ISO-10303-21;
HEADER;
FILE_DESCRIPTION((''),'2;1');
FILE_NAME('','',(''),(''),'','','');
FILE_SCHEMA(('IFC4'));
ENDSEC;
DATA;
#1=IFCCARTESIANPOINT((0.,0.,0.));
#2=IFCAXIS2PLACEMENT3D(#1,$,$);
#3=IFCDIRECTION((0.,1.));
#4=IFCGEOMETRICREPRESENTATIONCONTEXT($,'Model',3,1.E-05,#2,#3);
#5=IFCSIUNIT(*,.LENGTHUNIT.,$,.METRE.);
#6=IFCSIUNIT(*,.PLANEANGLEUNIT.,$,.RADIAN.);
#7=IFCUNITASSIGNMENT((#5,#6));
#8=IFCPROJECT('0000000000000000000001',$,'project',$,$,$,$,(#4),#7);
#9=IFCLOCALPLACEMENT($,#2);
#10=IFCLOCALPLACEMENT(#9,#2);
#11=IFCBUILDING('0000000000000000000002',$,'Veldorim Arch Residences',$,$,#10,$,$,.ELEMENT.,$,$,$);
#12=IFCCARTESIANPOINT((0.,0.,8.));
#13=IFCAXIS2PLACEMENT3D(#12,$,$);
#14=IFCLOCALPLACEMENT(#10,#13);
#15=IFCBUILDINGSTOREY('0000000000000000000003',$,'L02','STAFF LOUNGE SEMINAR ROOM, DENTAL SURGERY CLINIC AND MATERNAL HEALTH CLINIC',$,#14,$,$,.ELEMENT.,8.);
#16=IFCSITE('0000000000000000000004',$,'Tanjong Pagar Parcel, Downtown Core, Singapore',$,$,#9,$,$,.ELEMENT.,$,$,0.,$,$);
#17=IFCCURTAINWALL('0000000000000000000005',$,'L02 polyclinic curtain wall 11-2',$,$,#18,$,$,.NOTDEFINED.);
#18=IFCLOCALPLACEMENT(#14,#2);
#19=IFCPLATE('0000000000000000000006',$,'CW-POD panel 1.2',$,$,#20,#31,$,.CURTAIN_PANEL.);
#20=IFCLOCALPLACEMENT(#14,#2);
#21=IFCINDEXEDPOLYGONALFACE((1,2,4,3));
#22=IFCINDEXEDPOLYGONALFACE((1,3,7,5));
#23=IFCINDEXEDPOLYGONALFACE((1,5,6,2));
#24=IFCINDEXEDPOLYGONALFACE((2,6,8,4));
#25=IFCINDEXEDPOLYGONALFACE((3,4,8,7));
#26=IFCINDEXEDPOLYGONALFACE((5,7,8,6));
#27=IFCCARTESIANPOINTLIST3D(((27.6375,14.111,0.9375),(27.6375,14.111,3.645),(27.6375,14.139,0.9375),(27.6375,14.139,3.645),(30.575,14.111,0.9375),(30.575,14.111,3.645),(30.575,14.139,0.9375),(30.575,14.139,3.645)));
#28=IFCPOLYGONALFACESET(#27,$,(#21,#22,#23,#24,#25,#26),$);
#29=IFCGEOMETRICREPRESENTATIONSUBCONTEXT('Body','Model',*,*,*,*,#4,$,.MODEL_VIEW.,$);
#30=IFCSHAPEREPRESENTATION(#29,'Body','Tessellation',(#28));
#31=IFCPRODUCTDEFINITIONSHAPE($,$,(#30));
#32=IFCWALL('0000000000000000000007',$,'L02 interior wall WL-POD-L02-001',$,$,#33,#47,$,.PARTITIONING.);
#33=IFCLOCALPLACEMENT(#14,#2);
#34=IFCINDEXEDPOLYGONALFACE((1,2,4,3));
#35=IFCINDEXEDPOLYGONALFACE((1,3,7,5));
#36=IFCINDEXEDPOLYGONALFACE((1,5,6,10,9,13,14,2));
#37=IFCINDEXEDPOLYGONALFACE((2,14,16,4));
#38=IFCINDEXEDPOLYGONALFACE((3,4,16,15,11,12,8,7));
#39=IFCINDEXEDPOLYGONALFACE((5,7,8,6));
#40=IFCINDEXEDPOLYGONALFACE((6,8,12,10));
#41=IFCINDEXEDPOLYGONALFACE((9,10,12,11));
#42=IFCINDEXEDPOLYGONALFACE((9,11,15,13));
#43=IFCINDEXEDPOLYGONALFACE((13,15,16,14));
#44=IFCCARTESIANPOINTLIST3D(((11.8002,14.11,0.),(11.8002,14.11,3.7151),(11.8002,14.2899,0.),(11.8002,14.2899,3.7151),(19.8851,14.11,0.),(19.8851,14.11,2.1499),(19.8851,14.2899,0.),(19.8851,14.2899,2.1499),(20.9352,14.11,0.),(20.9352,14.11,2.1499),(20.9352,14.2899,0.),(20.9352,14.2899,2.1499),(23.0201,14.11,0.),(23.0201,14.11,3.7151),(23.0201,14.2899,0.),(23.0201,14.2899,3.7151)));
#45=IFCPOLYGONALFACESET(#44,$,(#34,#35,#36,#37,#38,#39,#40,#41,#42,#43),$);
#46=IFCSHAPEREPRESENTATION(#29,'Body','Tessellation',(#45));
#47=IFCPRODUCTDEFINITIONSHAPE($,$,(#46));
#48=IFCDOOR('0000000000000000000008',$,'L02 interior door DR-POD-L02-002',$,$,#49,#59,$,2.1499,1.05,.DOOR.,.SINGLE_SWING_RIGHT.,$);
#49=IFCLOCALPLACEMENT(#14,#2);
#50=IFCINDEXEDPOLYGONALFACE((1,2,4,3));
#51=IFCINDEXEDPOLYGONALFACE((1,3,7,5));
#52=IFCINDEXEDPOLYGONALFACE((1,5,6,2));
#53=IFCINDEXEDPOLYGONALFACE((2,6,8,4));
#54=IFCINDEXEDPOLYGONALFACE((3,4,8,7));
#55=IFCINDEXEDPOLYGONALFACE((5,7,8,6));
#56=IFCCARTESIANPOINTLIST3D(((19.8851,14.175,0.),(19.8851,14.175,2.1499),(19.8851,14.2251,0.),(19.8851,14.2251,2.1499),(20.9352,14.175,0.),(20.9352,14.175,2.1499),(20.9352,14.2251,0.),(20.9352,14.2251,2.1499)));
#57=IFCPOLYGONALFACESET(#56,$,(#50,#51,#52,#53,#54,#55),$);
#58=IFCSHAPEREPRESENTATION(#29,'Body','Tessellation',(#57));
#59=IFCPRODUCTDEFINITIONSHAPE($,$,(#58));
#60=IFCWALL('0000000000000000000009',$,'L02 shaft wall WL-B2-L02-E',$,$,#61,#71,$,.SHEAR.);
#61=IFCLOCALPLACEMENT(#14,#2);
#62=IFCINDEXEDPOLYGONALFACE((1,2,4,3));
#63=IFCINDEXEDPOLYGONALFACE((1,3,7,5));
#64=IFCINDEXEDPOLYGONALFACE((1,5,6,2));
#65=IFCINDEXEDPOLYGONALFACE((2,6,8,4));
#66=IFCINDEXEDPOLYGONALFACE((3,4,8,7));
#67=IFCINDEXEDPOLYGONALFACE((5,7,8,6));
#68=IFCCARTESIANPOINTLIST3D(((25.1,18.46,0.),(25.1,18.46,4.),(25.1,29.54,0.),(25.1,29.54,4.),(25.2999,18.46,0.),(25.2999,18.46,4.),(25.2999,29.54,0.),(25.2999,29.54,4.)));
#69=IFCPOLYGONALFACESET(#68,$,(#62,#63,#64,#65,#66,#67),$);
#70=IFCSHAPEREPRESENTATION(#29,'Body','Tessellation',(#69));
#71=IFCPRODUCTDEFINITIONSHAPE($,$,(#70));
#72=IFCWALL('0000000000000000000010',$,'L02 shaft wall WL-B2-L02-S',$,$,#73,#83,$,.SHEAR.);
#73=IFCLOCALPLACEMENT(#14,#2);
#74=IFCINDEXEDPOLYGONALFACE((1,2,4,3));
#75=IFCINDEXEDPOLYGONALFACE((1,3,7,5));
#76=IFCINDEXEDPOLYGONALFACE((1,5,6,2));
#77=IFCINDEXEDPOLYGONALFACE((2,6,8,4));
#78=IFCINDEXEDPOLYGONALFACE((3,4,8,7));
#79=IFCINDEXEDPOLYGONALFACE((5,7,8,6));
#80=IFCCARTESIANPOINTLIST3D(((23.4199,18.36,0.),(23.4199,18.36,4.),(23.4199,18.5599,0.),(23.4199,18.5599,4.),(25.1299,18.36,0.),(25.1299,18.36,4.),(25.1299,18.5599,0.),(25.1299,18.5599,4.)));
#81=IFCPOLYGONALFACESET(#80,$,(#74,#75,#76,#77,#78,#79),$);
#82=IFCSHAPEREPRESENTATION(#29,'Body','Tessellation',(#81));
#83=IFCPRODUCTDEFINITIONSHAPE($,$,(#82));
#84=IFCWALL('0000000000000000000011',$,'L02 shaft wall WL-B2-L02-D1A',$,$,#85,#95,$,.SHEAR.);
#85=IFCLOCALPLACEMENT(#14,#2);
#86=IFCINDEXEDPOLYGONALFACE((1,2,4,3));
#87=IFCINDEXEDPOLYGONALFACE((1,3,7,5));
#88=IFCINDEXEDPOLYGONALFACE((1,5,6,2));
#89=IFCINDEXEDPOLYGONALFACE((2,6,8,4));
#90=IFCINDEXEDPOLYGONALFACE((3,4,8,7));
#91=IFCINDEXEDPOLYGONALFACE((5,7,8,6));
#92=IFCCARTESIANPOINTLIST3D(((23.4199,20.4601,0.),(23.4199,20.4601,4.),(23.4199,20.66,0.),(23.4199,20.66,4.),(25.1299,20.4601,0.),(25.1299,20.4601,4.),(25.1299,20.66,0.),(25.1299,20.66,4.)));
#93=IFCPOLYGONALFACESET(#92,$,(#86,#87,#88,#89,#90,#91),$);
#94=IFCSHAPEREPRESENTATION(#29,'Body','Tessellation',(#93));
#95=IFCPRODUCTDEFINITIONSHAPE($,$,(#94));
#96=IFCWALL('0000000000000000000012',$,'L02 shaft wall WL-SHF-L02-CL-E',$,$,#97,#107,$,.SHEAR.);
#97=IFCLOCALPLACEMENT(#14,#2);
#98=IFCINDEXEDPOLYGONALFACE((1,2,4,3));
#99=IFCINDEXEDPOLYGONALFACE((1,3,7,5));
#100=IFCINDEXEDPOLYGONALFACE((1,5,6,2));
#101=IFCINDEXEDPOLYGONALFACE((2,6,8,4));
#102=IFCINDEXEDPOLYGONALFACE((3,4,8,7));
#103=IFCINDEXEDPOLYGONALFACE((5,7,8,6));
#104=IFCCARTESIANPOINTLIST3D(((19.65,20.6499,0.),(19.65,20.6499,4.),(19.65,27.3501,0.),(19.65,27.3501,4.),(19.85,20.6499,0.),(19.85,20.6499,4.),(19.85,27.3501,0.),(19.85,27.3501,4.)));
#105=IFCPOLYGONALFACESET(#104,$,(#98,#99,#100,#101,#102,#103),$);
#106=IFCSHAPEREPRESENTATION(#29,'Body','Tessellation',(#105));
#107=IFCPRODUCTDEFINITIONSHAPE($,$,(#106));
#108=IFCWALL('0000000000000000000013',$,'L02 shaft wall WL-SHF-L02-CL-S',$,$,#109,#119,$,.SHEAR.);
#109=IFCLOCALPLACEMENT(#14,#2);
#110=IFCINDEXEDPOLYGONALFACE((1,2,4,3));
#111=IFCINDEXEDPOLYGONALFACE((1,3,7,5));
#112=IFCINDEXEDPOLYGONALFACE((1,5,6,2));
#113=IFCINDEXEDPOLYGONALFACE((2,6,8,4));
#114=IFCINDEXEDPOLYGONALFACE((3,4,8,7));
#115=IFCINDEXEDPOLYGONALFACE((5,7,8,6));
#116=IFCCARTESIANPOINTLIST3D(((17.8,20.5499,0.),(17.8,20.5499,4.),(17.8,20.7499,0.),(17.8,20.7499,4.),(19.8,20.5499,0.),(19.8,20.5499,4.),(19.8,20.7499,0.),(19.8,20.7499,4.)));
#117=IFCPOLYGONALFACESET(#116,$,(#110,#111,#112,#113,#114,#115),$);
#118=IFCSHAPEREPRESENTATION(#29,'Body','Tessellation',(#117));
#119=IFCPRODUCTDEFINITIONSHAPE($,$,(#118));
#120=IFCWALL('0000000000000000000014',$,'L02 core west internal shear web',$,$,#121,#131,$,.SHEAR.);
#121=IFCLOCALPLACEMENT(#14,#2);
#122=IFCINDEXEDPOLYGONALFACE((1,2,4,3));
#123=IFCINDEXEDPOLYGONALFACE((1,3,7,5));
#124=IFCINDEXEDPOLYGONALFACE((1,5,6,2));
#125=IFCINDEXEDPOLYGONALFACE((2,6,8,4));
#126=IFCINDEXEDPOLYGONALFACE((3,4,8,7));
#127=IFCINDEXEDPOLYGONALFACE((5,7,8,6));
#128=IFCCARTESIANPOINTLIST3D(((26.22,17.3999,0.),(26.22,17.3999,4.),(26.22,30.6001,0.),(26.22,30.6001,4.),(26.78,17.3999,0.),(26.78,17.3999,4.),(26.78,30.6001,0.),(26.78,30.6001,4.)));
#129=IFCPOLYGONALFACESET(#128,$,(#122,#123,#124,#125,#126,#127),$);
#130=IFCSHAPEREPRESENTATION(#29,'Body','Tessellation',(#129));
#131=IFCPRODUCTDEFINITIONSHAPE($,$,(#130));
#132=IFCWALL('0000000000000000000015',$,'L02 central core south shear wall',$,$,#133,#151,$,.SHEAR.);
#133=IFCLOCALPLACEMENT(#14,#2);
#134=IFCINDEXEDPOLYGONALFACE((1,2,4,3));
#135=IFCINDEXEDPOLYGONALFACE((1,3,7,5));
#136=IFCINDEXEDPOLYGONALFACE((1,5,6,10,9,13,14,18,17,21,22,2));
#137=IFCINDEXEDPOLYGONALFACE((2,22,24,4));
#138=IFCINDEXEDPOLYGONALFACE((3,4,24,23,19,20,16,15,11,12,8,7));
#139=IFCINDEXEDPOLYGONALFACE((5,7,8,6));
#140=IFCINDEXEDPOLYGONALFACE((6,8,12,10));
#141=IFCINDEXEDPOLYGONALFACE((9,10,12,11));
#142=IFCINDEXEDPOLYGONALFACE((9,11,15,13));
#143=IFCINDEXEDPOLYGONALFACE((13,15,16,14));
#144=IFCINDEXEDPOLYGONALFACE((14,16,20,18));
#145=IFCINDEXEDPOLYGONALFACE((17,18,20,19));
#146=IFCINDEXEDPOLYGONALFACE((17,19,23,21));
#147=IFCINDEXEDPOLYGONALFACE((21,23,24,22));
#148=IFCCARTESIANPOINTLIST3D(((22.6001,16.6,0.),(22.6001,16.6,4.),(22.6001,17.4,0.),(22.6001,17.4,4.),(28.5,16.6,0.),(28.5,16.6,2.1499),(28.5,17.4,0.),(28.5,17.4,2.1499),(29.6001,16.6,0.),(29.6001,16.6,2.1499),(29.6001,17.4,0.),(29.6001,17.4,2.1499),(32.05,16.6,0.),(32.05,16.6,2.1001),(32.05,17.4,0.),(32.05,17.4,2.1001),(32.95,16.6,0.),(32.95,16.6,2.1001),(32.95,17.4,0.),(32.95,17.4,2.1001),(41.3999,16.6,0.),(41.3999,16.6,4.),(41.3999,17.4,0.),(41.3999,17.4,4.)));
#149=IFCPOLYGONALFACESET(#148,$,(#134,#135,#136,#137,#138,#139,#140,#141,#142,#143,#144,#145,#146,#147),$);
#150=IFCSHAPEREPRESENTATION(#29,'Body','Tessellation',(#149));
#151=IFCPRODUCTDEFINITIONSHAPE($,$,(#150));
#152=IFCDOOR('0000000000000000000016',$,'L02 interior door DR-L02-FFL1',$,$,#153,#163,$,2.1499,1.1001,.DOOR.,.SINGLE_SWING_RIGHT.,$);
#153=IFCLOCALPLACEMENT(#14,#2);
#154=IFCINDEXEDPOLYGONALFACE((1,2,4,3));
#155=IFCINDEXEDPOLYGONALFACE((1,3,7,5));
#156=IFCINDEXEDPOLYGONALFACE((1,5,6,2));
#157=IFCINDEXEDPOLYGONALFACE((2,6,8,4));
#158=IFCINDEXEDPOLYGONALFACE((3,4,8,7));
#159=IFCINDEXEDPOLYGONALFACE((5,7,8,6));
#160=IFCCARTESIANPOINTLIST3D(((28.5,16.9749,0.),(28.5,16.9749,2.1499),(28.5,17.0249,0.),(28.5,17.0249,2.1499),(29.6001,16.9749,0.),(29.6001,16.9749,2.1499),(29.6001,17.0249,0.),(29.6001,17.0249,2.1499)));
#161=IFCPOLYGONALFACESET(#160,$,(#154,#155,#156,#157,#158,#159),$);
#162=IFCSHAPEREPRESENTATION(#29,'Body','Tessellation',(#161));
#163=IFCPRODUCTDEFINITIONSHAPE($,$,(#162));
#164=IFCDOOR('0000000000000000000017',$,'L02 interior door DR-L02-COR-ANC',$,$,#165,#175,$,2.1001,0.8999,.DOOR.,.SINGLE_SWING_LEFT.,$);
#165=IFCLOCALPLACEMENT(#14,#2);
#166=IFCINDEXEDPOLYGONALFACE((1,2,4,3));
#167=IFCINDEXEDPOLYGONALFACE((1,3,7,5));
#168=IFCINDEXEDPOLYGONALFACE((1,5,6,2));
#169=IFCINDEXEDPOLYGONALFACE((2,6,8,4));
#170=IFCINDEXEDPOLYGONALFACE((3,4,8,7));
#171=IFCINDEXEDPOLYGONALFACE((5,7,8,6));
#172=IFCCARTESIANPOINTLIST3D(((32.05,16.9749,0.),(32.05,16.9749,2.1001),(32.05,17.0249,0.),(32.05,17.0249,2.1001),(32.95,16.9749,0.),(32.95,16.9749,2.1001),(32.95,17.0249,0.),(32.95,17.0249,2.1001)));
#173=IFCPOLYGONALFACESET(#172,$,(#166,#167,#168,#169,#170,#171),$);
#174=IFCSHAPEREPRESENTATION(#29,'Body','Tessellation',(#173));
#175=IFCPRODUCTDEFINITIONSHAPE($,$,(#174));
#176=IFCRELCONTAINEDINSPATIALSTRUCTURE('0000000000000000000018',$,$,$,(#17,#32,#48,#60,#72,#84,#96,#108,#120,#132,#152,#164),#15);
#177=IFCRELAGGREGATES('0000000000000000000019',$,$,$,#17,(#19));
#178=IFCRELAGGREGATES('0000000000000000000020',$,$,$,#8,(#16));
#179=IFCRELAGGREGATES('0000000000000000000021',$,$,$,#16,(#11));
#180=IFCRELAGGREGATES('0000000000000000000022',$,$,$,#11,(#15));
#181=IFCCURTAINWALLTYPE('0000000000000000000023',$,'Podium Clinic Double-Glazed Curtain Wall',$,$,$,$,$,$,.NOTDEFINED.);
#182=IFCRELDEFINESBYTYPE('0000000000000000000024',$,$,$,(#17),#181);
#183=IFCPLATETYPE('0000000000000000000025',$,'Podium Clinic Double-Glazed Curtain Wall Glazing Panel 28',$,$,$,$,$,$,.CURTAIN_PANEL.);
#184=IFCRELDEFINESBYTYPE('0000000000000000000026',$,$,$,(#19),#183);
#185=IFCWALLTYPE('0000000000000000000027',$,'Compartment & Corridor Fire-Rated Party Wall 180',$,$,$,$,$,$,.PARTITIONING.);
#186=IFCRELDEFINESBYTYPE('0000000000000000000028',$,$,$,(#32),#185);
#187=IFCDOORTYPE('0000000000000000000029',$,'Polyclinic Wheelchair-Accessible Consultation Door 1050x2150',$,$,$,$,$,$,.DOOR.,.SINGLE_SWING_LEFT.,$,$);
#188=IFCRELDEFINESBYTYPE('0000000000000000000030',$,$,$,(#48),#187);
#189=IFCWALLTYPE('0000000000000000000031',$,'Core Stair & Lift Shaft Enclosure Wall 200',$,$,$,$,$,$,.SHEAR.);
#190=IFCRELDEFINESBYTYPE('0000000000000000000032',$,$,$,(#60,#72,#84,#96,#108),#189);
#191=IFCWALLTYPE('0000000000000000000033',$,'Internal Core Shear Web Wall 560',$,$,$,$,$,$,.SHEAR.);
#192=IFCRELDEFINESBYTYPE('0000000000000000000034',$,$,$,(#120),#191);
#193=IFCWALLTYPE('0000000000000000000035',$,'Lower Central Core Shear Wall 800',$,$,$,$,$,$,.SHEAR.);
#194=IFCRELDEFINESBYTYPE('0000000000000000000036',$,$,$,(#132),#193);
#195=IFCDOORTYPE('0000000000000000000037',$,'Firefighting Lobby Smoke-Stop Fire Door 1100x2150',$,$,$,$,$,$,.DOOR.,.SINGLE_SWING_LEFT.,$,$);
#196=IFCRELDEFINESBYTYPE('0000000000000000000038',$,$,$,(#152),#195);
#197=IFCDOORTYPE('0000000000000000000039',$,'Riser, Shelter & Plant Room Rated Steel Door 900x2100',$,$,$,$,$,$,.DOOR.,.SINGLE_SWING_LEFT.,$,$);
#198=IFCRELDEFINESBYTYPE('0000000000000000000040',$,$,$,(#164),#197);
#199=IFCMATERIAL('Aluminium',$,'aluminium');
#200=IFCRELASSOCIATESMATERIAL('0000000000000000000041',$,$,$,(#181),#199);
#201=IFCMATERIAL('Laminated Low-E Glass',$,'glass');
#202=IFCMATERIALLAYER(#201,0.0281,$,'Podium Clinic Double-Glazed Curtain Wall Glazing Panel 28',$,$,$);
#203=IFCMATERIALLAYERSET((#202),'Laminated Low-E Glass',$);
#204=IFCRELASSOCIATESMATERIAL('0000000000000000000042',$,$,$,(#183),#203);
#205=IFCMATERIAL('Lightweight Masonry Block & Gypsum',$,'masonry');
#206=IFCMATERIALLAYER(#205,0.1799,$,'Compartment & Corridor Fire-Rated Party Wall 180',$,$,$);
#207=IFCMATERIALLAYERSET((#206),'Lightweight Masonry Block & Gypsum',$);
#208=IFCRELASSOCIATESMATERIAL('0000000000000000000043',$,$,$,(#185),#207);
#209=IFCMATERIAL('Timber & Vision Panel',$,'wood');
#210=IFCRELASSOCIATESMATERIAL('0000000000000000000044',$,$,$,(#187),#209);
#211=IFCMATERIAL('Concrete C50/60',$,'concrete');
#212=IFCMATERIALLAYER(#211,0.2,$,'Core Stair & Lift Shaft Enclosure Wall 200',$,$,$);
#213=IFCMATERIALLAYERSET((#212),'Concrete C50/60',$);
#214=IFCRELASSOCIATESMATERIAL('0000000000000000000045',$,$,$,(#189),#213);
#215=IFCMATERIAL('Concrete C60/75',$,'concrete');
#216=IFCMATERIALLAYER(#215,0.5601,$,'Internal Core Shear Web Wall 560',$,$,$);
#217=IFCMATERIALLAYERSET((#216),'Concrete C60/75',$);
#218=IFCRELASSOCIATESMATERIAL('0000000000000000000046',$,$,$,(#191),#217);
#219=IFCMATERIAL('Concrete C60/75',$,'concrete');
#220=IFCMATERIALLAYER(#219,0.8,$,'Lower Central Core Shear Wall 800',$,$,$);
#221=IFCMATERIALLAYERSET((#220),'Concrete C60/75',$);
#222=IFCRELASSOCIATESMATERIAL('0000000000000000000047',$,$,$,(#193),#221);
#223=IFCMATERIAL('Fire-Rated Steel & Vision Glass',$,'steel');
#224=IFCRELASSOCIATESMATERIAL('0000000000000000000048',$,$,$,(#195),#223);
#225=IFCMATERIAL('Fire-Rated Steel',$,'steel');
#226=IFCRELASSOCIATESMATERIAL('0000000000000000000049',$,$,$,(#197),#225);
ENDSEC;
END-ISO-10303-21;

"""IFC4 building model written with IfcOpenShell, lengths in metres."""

from ifc_helpers import new_model, si_unit, direction, frame, frame_2d, origin, origin_2d, place, context, subcontext, project, spatial, rectangle, extrude, material, layer, layer_set, type_object, element, fill, aggregate, save


model = new_model("IFC4")

# Units and contexts
model_context = context("Model", 3, precision=1e-05, world=origin(), true_north=direction((0.0, 1.0)))
body_context = subcontext(model_context, "Body", "Model", "MODEL_VIEW")
ifc_project = project(units=[si_unit("LENGTHUNIT", "METRE"), si_unit("PLANEANGLEUNIT", "RADIAN")], contexts=[model_context])

# Site, building, storey
site_placement = place(None, origin())
site = spatial("IfcSite", under=ifc_project, at=site_placement, Name="Tanjong Pagar Parcel, Downtown Core, Singapore", CompositionType="ELEMENT", RefElevation=0.0)
building_placement = place(site_placement, origin())
building = spatial("IfcBuilding", under=site, at=building_placement, Name="Veldorim Arch Residences", CompositionType="ELEMENT")
storey_placement = place(building_placement, frame((0.0, 0.0, 8.0)))
storey = spatial("IfcBuildingStorey", under=building, at=storey_placement, Name="L02", Description="STAFF LOUNGE SEMINAR ROOM, DENTAL SURGERY CLINIC AND MATERNAL HEALTH CLINIC", CompositionType="ELEMENT", Elevation=8.0)

# Curtain wall
ifc_material_1 = material(Name="Aluminium", Category="aluminium")
curtain_wall_type = type_object("IfcCurtainWallType", Name="Podium Clinic Double-Glazed Curtain Wall", PredefinedType="NOTDEFINED", material=ifc_material_1)
curtain_wall_placement = place(storey_placement, origin())
curtain_wall = element("IfcCurtainWall", 1, at=curtain_wall_placement, inside=storey, type_object=curtain_wall_type, Name="L02 polyclinic curtain wall 11-2", PredefinedType="NOTDEFINED")

# Plate
ifc_material_2 = material(Name="Laminated Low-E Glass", Category="glass")
ifc_layer_1 = layer(ifc_material_2, 0.0281, Name="Podium Clinic Double-Glazed Curtain Wall Glazing Panel 28")
ifc_layer_set_1 = layer_set([ifc_layer_1], Name="Laminated Low-E Glass")
plate_type = type_object("IfcPlateType", Name="Podium Clinic Double-Glazed Curtain Wall Glazing Panel 28", PredefinedType="CURTAIN_PANEL", material=ifc_layer_set_1)
plate_1_placement = place(storey_placement, frame((29.1062, 14.125, 0.9375), z_axis=(0.0, 0.0, 1.0), x_axis=(-1.0, 0.0, 0.0)))
plate_1 = element("IfcPlate", 2, at=plate_1_placement, type_object=plate_type, Name="CW-POD panel 1.2", PredefinedType="CURTAIN_PANEL", context=body_context, shape_type="SweptSolid", body=[
    extrude(rectangle(XDim=2.9375, YDim=0.0281, at=origin_2d()), origin(), (0.0, 0.0, 1.0), 2.7075),
])
aggregate(curtain_wall, [plate_1])

# Wall, opening, door
ifc_material_3 = material(Name="Lightweight Masonry Block & Gypsum", Category="masonry")
ifc_layer_2 = layer(ifc_material_3, 0.1799, Name="Compartment & Corridor Fire-Rated Party Wall 180")
ifc_layer_set_2 = layer_set([ifc_layer_2], Name="Lightweight Masonry Block & Gypsum")
wall_type_1 = type_object("IfcWallType", Name="Compartment & Corridor Fire-Rated Party Wall 180", PredefinedType="PARTITIONING", material=ifc_layer_set_2)
wall_1_placement = place(storey_placement, frame((23.02, 14.2, 0.0), z_axis=(0.0, 0.0, 1.0), x_axis=(-1.0, 0.0, 0.0)))
wall_1 = element("IfcWall", 3, at=wall_1_placement, inside=storey, type_object=wall_type_1, Name="L02 interior wall WL-POD-L02-001", PredefinedType="PARTITIONING", context=body_context, shape_type="SweptSolid", body=[
    extrude(rectangle(XDim=11.22, YDim=0.1799, at=frame_2d((5.6099, 0.0))), origin(), (0.0, 0.0, 1.0), 3.7151),
])
opening_1_placement = place(wall_1_placement, frame((2.085, 0.0, 0.0)))
opening_1 = element("IfcOpeningElement", 4, at=opening_1_placement, cuts=wall_1, PredefinedType="OPENING", context=body_context, shape_type="SweptSolid", body=[
    extrude(rectangle(XDim=1.05, YDim=2.1499, at=frame_2d((0.5249, 1.075))), frame((0.0, 0.0999, 0.0), z_axis=(0.0, -1.0, 0.0), x_axis=(1.0, 0.0, 0.0)), (0.0, 0.0, 1.0), 0.2),
])
ifc_material_4 = material(Name="Timber & Vision Panel", Category="wood")
door_type_1 = type_object("IfcDoorType", Name="Polyclinic Wheelchair-Accessible Consultation Door 1050x2150", OperationType="SINGLE_SWING_LEFT", PredefinedType="DOOR", material=ifc_material_4)
door_1_placement = place(opening_1_placement, origin())
door_1 = element("IfcDoor", 5, at=door_1_placement, inside=storey, type_object=door_type_1, Name="L02 interior door DR-POD-L02-002", OperationType="SINGLE_SWING_RIGHT", OverallHeight=2.1499, OverallWidth=1.05, PredefinedType="DOOR", context=body_context, shape_type="SweptSolid", body=[
    extrude(rectangle(XDim=1.05, YDim=2.1499, at=frame_2d((0.5249, 1.075))), frame((0.0, 0.0249, 0.0), z_axis=(0.0, -1.0, 0.0), x_axis=(1.0, 0.0, 0.0)), (0.0, 0.0, 1.0), 0.05),
])
fill(opening_1, door_1)

# Walls
ifc_material_5 = material(Name="Concrete C50/60", Category="concrete")
ifc_layer_3 = layer(ifc_material_5, 0.2, Name="Core Stair & Lift Shaft Enclosure Wall 200")
ifc_layer_set_3 = layer_set([ifc_layer_3], Name="Concrete C50/60")
wall_type_2 = type_object("IfcWallType", Name="Core Stair & Lift Shaft Enclosure Wall 200", PredefinedType="SHEAR", material=ifc_layer_set_3)
wall_2_placement = place(storey_placement, frame((25.2, 18.46, 0.0), z_axis=(0.0, 0.0, 1.0), x_axis=(0.0, 1.0, 0.0)))
element("IfcWall", 6, at=wall_2_placement, inside=storey, type_object=wall_type_2, Name="L02 shaft wall WL-B2-L02-E", PredefinedType="SHEAR", context=body_context, shape_type="SweptSolid", body=[
    extrude(rectangle(XDim=11.0801, YDim=0.2, at=frame_2d((5.54, 0.0))), origin(), (0.0, 0.0, 1.0), 4.0),
])
for number, where, z_axis, x_axis, name in (
    (7, (23.4199, 18.46, 0.0), (0.0, 0.0, 1.0), (1.0, 0.0, 0.0), "L02 shaft wall WL-B2-L02-S"),
    (8, (23.4199, 20.5601, 0.0), (0.0, 0.0, 1.0), (1.0, 0.0, 0.0), "L02 shaft wall WL-B2-L02-D1A"),
):
    element("IfcWall", number, at=place(storey_placement, frame(where, z_axis=z_axis, x_axis=x_axis)), inside=storey, type_object=wall_type_2, Name=name, PredefinedType="SHEAR", context=body_context, shape_type="SweptSolid", body=[
        extrude(rectangle(XDim=1.71, YDim=0.2, at=frame_2d((0.855, 0.0))), origin(), (0.0, 0.0, 1.0), 4.0),
    ])

# Walls
wall_3_placement = place(storey_placement, frame((19.75, 20.6499, 0.0), z_axis=(0.0, 0.0, 1.0), x_axis=(0.0, 1.0, 0.0)))
element("IfcWall", 9, at=wall_3_placement, inside=storey, type_object=wall_type_2, Name="L02 shaft wall WL-SHF-L02-CL-E", PredefinedType="SHEAR", context=body_context, shape_type="SweptSolid", body=[
    extrude(rectangle(XDim=6.7002, YDim=0.2, at=frame_2d((3.3501, 0.0))), origin(), (0.0, 0.0, 1.0), 4.0),
])
wall_4_placement = place(storey_placement, frame((17.8, 20.6499, 0.0), z_axis=(0.0, 0.0, 1.0), x_axis=(1.0, 0.0, 0.0)))
element("IfcWall", 10, at=wall_4_placement, inside=storey, type_object=wall_type_2, Name="L02 shaft wall WL-SHF-L02-CL-S", PredefinedType="SHEAR", context=body_context, shape_type="SweptSolid", body=[
    extrude(rectangle(XDim=2.0, YDim=0.2, at=frame_2d((1.0, 0.0))), origin(), (0.0, 0.0, 1.0), 4.0),
])
ifc_material_6 = material(Name="Concrete C60/75", Category="concrete")
ifc_layer_4 = layer(ifc_material_6, 0.5601, Name="Internal Core Shear Web Wall 560")
ifc_layer_set_4 = layer_set([ifc_layer_4], Name="Concrete C60/75")
wall_type_3 = type_object("IfcWallType", Name="Internal Core Shear Web Wall 560", PredefinedType="SHEAR", material=ifc_layer_set_4)
wall_5_placement = place(storey_placement, frame((26.5, 17.3999, 0.0), z_axis=(0.0, 0.0, 1.0), x_axis=(0.0, 1.0, 0.0)))
element("IfcWall", 11, at=wall_5_placement, inside=storey, type_object=wall_type_3, Name="L02 core west internal shear web", PredefinedType="SHEAR", context=body_context, shape_type="SweptSolid", body=[
    extrude(rectangle(XDim=13.2002, YDim=0.5601, at=frame_2d((6.6001, 0.0))), origin(), (0.0, 0.0, 1.0), 4.0),
])

# Wall, openings, doors
ifc_material_7 = material(Name="Concrete C60/75", Category="concrete")
ifc_layer_5 = layer(ifc_material_7, 0.8, Name="Lower Central Core Shear Wall 800")
ifc_layer_set_5 = layer_set([ifc_layer_5], Name="Concrete C60/75")
wall_type_4 = type_object("IfcWallType", Name="Lower Central Core Shear Wall 800", PredefinedType="SHEAR", material=ifc_layer_set_5)
wall_6_placement = place(storey_placement, frame((22.6001, 17.0, 0.0), z_axis=(0.0, 0.0, 1.0), x_axis=(1.0, 0.0, 0.0)))
wall_6 = element("IfcWall", 12, at=wall_6_placement, inside=storey, type_object=wall_type_4, Name="L02 central core south shear wall", PredefinedType="SHEAR", context=body_context, shape_type="SweptSolid", body=[
    extrude(rectangle(XDim=18.7998, YDim=0.8, at=frame_2d((9.3999, 0.0))), origin(), (0.0, 0.0, 1.0), 4.0),
])
opening_2_placement = place(wall_6_placement, frame((5.8999, 0.0, 0.0)))
opening_2 = element("IfcOpeningElement", 13, at=opening_2_placement, cuts=wall_6, PredefinedType="OPENING", context=body_context, shape_type="SweptSolid", body=[
    extrude(rectangle(XDim=1.1001, YDim=2.1499, at=frame_2d((0.55, 1.075))), frame((0.0, 0.4099, 0.0), z_axis=(0.0, -1.0, 0.0), x_axis=(1.0, 0.0, 0.0)), (0.0, 0.0, 1.0), 0.8201),
])
opening_3_placement = place(wall_6_placement, frame((9.45, 0.0, 0.0)))
opening_3 = element("IfcOpeningElement", 14, at=opening_3_placement, cuts=wall_6, PredefinedType="OPENING", context=body_context, shape_type="SweptSolid", body=[
    extrude(rectangle(XDim=0.8999, YDim=2.1001, at=frame_2d((0.45, 1.05))), frame((0.0, 0.4099, 0.0), z_axis=(0.0, -1.0, 0.0), x_axis=(1.0, 0.0, 0.0)), (0.0, 0.0, 1.0), 0.8201),
])
ifc_material_8 = material(Name="Fire-Rated Steel & Vision Glass", Category="steel")
door_type_2 = type_object("IfcDoorType", Name="Firefighting Lobby Smoke-Stop Fire Door 1100x2150", OperationType="SINGLE_SWING_LEFT", PredefinedType="DOOR", material=ifc_material_8)
door_2_placement = place(opening_2_placement, origin())
door_2 = element("IfcDoor", 15, at=door_2_placement, inside=storey, type_object=door_type_2, Name="L02 interior door DR-L02-FFL1", OperationType="SINGLE_SWING_RIGHT", OverallHeight=2.1499, OverallWidth=1.1001, PredefinedType="DOOR", context=body_context, shape_type="SweptSolid", body=[
    extrude(rectangle(XDim=1.1001, YDim=2.1499, at=frame_2d((0.55, 1.075))), frame((0.0, 0.0249, 0.0), z_axis=(0.0, -1.0, 0.0), x_axis=(1.0, 0.0, 0.0)), (0.0, 0.0, 1.0), 0.05),
])
fill(opening_2, door_2)
ifc_material_9 = material(Name="Fire-Rated Steel", Category="steel")
door_type_3 = type_object("IfcDoorType", Name="Riser, Shelter & Plant Room Rated Steel Door 900x2100", OperationType="SINGLE_SWING_LEFT", PredefinedType="DOOR", material=ifc_material_9)
door_3_placement = place(opening_3_placement, origin())
door_3 = element("IfcDoor", 16, at=door_3_placement, inside=storey, type_object=door_type_3, Name="L02 interior door DR-L02-COR-ANC", OperationType="SINGLE_SWING_LEFT", OverallHeight=2.1001, OverallWidth=0.8999, PredefinedType="DOOR", context=body_context, shape_type="SweptSolid", body=[
    extrude(rectangle(XDim=0.8999, YDim=2.1001, at=frame_2d((0.45, 1.05))), frame((0.0, 0.0249, 0.0), z_axis=(0.0, -1.0, 0.0), x_axis=(1.0, 0.0, 0.0)), (0.0, 0.0, 1.0), 0.05),
])
fill(opening_3, door_3)

save(model, "model.ifc")
